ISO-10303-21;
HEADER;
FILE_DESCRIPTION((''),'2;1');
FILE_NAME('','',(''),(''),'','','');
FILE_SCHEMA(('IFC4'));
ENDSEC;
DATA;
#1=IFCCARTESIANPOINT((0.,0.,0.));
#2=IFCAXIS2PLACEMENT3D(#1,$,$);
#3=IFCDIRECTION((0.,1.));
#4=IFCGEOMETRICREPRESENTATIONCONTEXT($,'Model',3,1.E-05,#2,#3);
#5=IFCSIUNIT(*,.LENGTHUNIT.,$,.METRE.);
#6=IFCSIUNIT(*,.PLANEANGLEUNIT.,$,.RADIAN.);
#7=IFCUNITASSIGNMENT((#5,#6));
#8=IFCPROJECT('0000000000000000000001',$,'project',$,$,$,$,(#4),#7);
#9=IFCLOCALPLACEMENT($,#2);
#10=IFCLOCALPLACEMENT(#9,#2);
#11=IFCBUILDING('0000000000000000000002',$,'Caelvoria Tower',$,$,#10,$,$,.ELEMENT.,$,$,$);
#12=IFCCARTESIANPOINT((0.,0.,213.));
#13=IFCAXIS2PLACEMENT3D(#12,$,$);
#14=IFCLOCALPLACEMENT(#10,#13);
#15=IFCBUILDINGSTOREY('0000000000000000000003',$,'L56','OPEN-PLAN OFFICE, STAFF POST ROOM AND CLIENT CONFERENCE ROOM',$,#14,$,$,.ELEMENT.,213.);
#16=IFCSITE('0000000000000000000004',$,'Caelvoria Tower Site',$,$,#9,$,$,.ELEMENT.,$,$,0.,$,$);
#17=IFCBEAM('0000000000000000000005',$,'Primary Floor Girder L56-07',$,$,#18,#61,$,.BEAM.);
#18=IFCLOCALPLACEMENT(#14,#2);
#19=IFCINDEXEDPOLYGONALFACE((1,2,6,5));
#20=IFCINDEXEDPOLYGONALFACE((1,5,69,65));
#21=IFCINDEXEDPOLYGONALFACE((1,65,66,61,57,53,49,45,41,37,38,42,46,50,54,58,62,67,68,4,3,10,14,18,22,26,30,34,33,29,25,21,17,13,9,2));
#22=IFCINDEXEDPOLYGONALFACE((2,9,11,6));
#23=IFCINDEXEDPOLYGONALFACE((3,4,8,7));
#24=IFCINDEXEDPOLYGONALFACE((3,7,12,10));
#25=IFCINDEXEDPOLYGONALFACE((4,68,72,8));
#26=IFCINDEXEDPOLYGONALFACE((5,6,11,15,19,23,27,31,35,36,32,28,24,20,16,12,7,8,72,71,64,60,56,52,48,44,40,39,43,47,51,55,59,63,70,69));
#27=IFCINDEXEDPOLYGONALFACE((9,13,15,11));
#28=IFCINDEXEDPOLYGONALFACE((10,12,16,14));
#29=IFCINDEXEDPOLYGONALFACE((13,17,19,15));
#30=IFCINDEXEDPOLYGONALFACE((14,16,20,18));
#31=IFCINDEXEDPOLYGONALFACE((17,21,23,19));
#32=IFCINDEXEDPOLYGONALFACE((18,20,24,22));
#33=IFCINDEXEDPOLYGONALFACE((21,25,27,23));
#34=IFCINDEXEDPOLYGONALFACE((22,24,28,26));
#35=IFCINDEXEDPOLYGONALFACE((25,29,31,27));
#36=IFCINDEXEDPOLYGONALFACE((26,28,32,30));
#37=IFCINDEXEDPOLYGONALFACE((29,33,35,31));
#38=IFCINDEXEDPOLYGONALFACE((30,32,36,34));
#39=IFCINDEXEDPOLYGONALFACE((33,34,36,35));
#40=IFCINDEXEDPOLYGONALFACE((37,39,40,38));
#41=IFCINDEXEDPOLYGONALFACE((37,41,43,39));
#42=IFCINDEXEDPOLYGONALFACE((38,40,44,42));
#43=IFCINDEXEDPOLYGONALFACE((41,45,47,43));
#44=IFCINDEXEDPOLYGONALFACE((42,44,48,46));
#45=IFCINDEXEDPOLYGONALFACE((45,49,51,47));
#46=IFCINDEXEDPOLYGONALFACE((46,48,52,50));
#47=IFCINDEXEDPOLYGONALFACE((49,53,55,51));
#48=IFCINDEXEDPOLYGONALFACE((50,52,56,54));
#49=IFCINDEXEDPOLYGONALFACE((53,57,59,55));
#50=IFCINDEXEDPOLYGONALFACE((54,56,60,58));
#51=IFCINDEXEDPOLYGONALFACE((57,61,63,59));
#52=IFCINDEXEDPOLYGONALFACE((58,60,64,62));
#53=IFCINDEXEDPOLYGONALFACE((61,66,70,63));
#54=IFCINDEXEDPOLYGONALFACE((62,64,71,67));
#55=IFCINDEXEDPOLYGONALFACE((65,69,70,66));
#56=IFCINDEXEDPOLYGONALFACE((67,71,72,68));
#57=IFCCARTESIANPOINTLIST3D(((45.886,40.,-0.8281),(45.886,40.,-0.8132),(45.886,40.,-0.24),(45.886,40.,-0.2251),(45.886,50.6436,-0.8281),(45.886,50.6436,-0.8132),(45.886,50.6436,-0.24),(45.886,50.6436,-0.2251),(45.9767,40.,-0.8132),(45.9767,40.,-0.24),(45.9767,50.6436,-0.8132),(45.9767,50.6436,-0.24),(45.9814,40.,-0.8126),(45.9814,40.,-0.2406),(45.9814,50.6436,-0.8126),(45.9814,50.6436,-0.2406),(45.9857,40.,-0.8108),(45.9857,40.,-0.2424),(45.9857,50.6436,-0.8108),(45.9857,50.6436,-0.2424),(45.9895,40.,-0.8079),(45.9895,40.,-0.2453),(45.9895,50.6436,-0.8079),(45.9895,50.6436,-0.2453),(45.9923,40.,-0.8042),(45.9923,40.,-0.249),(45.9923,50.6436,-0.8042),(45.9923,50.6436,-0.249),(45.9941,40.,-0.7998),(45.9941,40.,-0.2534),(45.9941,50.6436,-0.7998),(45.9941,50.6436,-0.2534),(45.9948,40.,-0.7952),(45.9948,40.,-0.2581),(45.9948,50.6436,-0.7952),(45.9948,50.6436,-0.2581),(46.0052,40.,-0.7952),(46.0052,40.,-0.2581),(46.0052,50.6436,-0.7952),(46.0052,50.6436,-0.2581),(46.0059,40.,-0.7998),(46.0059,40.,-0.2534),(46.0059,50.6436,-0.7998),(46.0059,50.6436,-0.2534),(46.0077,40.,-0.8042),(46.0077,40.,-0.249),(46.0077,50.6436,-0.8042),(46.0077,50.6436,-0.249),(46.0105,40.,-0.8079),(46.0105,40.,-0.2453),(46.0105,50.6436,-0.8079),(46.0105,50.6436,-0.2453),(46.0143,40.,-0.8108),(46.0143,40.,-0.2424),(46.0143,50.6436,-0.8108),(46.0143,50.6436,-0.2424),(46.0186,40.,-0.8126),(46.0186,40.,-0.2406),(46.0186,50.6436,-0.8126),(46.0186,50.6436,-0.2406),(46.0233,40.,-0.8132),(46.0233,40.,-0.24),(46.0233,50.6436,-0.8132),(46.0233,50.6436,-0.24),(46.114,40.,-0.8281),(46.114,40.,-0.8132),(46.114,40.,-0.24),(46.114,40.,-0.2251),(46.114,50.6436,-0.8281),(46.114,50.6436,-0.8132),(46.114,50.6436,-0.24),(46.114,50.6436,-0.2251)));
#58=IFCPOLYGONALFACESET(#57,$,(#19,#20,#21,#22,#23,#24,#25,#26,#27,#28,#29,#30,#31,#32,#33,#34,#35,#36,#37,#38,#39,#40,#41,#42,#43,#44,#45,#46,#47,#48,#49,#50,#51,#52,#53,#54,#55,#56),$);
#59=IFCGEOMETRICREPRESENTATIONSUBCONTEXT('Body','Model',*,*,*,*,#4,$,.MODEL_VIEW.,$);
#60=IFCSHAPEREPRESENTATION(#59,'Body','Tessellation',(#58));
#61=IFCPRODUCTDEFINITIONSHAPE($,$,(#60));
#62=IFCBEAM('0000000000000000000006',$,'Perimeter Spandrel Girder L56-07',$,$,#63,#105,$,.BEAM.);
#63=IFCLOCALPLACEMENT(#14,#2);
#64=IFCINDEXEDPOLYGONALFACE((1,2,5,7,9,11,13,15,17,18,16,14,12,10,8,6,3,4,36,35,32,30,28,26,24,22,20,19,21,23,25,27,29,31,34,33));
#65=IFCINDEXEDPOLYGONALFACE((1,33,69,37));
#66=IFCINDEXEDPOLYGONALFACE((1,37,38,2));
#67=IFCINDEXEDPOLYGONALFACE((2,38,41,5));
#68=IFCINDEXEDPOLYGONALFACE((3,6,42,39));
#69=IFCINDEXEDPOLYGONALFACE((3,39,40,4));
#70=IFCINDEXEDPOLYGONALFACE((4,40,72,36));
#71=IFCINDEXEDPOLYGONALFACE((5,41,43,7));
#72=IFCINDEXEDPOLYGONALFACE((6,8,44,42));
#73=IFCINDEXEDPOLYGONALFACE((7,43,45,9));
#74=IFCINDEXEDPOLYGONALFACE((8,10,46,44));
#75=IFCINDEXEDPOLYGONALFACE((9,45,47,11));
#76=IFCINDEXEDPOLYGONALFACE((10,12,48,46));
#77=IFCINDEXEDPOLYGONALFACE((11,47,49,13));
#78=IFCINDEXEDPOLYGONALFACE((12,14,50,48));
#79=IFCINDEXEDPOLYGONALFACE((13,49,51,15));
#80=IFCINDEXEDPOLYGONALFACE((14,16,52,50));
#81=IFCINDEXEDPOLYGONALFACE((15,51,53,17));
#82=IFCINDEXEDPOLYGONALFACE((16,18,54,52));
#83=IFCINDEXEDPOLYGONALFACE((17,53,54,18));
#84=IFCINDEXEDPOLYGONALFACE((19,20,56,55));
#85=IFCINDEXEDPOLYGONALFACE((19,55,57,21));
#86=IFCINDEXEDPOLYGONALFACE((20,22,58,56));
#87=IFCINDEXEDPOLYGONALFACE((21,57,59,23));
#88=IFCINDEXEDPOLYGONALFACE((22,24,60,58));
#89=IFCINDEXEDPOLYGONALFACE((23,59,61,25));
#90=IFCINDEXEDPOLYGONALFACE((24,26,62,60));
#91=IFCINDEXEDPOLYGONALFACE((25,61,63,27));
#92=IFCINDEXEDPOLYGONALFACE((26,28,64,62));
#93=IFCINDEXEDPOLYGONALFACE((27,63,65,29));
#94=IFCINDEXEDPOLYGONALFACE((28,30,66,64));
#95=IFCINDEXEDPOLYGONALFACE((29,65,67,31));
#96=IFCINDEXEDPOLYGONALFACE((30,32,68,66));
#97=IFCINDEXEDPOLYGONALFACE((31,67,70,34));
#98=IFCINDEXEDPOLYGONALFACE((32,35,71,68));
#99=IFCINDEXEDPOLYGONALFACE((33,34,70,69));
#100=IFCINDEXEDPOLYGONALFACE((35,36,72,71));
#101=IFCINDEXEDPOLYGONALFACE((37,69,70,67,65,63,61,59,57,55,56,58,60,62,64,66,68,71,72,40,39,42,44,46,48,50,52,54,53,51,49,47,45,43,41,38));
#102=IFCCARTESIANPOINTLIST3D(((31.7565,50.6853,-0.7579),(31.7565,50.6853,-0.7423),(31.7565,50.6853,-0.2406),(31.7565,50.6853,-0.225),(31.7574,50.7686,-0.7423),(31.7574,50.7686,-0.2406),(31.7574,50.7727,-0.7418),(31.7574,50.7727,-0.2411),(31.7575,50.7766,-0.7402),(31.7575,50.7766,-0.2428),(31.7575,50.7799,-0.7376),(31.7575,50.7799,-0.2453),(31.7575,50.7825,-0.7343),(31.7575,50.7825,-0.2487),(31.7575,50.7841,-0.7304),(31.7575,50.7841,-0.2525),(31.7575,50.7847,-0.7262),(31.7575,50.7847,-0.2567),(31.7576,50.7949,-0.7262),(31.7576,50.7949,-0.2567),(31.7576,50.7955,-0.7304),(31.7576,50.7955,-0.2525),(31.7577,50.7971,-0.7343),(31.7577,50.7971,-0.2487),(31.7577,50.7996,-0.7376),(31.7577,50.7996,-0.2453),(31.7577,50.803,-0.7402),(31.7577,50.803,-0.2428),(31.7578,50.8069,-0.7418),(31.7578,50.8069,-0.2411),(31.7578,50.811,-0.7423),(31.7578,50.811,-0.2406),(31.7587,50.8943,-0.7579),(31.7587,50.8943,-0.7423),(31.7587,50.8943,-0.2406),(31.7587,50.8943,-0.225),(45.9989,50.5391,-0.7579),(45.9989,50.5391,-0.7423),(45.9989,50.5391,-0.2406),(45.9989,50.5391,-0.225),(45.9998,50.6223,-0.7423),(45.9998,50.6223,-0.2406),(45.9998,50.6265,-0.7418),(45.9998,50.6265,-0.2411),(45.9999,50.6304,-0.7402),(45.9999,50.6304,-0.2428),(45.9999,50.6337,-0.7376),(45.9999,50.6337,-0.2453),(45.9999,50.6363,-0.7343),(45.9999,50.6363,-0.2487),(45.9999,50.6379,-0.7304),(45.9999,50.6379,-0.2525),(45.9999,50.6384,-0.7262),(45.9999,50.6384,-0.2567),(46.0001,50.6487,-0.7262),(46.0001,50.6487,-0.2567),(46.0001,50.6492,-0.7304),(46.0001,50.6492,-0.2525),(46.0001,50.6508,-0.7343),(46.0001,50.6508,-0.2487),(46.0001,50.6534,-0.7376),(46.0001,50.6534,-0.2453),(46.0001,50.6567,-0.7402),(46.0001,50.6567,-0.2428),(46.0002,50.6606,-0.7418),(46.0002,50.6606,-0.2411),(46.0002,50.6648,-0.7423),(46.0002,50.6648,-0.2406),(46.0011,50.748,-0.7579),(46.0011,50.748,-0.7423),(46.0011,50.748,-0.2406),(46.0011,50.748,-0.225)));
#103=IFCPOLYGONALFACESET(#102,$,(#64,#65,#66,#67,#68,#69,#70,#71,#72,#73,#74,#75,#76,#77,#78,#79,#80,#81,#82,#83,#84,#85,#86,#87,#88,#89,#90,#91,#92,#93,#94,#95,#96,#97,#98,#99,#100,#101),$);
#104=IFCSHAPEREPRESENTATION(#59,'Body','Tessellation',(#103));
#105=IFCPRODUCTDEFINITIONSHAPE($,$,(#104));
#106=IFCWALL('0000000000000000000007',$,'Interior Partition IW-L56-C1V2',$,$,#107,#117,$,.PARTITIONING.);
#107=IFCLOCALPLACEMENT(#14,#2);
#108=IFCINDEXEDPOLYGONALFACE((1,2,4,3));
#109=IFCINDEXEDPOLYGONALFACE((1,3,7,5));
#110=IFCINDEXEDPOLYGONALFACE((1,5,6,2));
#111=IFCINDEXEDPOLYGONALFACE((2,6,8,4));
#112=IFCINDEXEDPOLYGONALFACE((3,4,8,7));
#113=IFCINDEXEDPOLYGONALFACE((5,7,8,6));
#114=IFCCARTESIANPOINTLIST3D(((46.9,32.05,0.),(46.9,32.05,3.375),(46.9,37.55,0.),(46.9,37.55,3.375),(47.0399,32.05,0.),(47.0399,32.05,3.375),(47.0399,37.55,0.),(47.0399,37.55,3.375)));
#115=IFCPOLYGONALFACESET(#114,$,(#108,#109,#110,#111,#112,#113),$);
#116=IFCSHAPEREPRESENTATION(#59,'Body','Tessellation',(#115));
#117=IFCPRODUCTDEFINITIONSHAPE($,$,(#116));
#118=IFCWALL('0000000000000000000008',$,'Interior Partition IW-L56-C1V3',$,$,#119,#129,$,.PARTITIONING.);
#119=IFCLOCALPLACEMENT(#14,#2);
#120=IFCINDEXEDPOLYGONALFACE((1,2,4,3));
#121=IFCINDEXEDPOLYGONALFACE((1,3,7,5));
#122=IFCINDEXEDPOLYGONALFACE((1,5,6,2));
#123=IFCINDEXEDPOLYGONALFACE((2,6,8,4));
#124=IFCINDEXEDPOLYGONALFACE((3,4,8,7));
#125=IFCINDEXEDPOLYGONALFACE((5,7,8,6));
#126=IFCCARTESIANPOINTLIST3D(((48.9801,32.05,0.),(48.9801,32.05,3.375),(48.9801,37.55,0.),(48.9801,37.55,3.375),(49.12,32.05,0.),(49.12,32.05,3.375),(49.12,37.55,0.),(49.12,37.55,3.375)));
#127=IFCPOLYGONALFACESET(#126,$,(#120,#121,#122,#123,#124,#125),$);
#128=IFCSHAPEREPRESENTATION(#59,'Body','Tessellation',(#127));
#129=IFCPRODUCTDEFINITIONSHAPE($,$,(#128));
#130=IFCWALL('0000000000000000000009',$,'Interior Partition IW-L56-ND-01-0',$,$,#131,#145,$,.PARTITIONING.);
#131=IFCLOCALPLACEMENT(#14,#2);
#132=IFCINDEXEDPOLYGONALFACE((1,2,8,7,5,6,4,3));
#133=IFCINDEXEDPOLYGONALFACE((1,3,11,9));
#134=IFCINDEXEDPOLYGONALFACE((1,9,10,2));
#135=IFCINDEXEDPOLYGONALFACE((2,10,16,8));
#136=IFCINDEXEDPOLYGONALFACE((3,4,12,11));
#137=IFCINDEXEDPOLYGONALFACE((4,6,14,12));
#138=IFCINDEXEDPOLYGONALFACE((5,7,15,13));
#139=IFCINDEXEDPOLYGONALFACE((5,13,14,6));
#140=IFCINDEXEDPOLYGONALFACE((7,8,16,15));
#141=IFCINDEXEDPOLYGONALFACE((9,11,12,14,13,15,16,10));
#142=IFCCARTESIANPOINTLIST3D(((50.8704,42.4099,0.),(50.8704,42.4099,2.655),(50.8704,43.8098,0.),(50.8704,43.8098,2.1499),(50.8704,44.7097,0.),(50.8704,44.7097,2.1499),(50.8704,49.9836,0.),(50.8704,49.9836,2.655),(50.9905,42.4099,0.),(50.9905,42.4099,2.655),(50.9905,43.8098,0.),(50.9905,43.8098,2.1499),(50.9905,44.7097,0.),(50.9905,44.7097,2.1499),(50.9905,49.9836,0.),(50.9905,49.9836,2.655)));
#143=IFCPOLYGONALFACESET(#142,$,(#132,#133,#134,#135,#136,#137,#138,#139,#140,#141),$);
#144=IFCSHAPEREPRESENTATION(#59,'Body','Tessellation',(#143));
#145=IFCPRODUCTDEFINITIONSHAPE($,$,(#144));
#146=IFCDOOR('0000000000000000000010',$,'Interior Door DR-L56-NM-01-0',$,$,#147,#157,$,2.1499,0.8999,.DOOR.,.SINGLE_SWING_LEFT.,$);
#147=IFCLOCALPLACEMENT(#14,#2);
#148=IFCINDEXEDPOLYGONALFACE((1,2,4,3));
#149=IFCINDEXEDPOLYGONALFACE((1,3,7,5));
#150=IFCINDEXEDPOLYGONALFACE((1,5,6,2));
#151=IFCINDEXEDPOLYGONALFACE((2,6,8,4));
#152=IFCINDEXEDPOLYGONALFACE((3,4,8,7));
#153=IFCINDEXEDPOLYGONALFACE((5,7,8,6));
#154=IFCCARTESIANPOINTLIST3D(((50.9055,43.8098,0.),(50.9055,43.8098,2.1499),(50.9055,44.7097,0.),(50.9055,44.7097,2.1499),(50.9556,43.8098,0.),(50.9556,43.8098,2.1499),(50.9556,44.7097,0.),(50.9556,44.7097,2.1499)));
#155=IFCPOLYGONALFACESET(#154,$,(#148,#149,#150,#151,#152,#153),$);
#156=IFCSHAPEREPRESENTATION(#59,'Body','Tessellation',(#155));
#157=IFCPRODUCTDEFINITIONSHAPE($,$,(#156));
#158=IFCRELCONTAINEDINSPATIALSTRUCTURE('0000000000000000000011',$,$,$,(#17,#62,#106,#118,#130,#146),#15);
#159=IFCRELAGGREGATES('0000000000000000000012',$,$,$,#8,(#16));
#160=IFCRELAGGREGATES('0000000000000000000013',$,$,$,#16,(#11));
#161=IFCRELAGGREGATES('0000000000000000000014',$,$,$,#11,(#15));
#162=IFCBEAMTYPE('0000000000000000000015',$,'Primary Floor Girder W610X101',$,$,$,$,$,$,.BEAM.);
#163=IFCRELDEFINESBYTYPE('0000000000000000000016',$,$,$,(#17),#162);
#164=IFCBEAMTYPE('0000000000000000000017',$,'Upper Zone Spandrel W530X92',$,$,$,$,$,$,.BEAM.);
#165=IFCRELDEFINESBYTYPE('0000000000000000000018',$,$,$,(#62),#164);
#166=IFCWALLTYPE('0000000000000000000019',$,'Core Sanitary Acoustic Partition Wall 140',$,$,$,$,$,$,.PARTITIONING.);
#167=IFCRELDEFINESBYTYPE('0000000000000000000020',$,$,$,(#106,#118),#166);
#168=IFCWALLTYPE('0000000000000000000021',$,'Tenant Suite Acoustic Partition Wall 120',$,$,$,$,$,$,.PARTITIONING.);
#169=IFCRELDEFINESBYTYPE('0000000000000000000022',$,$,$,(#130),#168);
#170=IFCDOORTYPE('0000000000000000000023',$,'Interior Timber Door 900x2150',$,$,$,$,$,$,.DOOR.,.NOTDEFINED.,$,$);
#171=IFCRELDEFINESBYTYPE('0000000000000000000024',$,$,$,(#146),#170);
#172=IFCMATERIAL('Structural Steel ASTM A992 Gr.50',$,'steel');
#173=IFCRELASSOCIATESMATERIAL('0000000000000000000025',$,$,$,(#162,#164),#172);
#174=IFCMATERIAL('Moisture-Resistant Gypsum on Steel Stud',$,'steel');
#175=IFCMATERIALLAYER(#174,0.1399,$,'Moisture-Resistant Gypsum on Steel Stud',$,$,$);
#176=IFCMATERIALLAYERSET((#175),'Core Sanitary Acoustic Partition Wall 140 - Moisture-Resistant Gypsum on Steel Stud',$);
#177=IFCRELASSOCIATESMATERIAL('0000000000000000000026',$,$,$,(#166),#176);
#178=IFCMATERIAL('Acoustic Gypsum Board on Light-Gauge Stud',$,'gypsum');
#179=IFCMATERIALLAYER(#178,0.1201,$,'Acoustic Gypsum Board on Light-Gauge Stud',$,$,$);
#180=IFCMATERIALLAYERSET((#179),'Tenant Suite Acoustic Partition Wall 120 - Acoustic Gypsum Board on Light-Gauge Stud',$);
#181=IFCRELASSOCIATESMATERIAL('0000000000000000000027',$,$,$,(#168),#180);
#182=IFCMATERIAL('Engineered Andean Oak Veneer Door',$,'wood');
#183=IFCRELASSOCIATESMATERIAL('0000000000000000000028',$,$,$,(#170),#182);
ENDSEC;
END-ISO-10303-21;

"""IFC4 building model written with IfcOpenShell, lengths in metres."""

from ifc_helpers import new_model, si_unit, direction, frame, frame_2d, origin, origin_2d, place, context, subcontext, project, spatial, rectangle, i_section, extrude, material, layer, layer_set, material_profile, profile_set, type_object, element, fill, save


model = new_model("IFC4")

# Units and contexts
model_context = context("Model", 3, precision=1e-05, world=origin(), true_north=direction((0.0, 1.0)))
body_context = subcontext(model_context, "Body", "Model", "MODEL_VIEW")
ifc_project = project(units=[si_unit("LENGTHUNIT", "METRE"), si_unit("PLANEANGLEUNIT", "RADIAN")], contexts=[model_context])

# Site, building, storey
site_placement = place(None, origin())
site = spatial("IfcSite", under=ifc_project, at=site_placement, Name="Caelvoria Tower Site", CompositionType="ELEMENT", RefElevation=0.0)
building_placement = place(site_placement, origin())
building = spatial("IfcBuilding", under=site, at=building_placement, Name="Caelvoria Tower", CompositionType="ELEMENT")
storey_placement = place(building_placement, frame((0.0, 0.0, 213.0)))
storey = spatial("IfcBuildingStorey", under=building, at=storey_placement, Name="L56", Description="OPEN-PLAN OFFICE, STAFF POST ROOM AND CLIENT CONFERENCE ROOM", CompositionType="ELEMENT", Elevation=213.0)

# Beams
ifc_material_1 = material(Name="Structural Steel ASTM A992 Gr.50", Category="steel")
ifc_material_profile_1 = material_profile(ifc_material_1, i_section(OverallWidth=0.228, OverallDepth=0.603, WebThickness=0.0105, FlangeThickness=0.0149, FilletRadius=0.0181, at=origin_2d()), Name="Structural Steel ASTM A992 Gr.50")
ifc_profile_set_1 = profile_set([ifc_material_profile_1], Name="W610X101 - Structural Steel ASTM A992 Gr.50")
beam_type_1 = type_object("IfcBeamType", Name="Primary Floor Girder W610X101", PredefinedType="BEAM", material=ifc_profile_set_1)
beam_1_placement = place(storey_placement, frame((46.0, 40.0, -0.5266), z_axis=(0.0, 1.0, 0.0), x_axis=(-1.0, 0.0, 0.0)))
element("IfcBeam", 1, at=beam_1_placement, inside=storey, type_object=beam_type_1, Name="Primary Floor Girder L56-07", PredefinedType="BEAM", context=body_context, shape_type="SweptSolid", body=[
    extrude(i_section(OverallWidth=0.228, OverallDepth=0.603, WebThickness=0.0105, FlangeThickness=0.0149, FilletRadius=0.0181, at=origin_2d()), origin(), (0.0, 0.0, 1.0), 10.6436),
])
ifc_material_profile_2 = material_profile(ifc_material_1, i_section(OverallWidth=0.209, OverallDepth=0.533, WebThickness=0.0103, FlangeThickness=0.0156, FilletRadius=0.0161, at=origin_2d()), Name="Structural Steel ASTM A992 Gr.50")
ifc_profile_set_2 = profile_set([ifc_material_profile_2], Name="W530X92 - Structural Steel ASTM A992 Gr.50")
beam_type_2 = type_object("IfcBeamType", Name="Upper Zone Spandrel W530X92", PredefinedType="BEAM", material=ifc_profile_set_2)
beam_2_placement = place(storey_placement, frame((46.0, 50.6436, -0.4915), z_axis=(-0.999947, 0.010267, 0.0), x_axis=(-0.010267, -0.999947, 0.0)))
element("IfcBeam", 2, at=beam_2_placement, inside=storey, type_object=beam_type_2, Name="Perimeter Spandrel Girder L56-07", PredefinedType="BEAM", context=body_context, shape_type="SweptSolid", body=[
    extrude(i_section(OverallWidth=0.209, OverallDepth=0.533, WebThickness=0.0103, FlangeThickness=0.0156, FilletRadius=0.0161, at=origin_2d()), origin(), (0.0, 0.0, 1.0), 14.2432),
])

# Walls
ifc_material_2 = material(Name="Moisture-Resistant Gypsum on Steel Stud", Category="steel")
ifc_layer_1 = layer(ifc_material_2, 0.1399, Name="Moisture-Resistant Gypsum on Steel Stud")
ifc_layer_set_1 = layer_set([ifc_layer_1], Name="Core Sanitary Acoustic Partition Wall 140 - Moisture-Resistant Gypsum on Steel Stud")
wall_type_1 = type_object("IfcWallType", Name="Core Sanitary Acoustic Partition Wall 140", PredefinedType="PARTITIONING", material=ifc_layer_set_1)
for number, where, z_axis, x_axis, name in (
    (3, (46.97, 32.05, 0.0), (0.0, 0.0, 1.0), (0.0, 1.0, 0.0), "Interior Partition IW-L56-C1V2"),
    (4, (49.05, 32.05, 0.0), (0.0, 0.0, 1.0), (0.0, 1.0, 0.0), "Interior Partition IW-L56-C1V3"),
):
    element("IfcWall", number, at=place(storey_placement, frame(where, z_axis=z_axis, x_axis=x_axis)), inside=storey, type_object=wall_type_1, Name=name, PredefinedType="PARTITIONING", context=body_context, shape_type="SweptSolid", body=[
        extrude(rectangle(XDim=5.5, YDim=0.1399, at=frame_2d((2.75, 0.0))), origin(), (0.0, 0.0, 1.0), 3.375),
    ])

# Wall, opening, door
ifc_material_3 = material(Name="Acoustic Gypsum Board on Light-Gauge Stud", Category="gypsum")
ifc_layer_2 = layer(ifc_material_3, 0.1201, Name="Acoustic Gypsum Board on Light-Gauge Stud")
ifc_layer_set_2 = layer_set([ifc_layer_2], Name="Tenant Suite Acoustic Partition Wall 120 - Acoustic Gypsum Board on Light-Gauge Stud")
wall_type_2 = type_object("IfcWallType", Name="Tenant Suite Acoustic Partition Wall 120", PredefinedType="PARTITIONING", material=ifc_layer_set_2)
wall_1_placement = place(storey_placement, frame((50.9304, 42.4099, 0.0), z_axis=(0.0, 0.0, 1.0), x_axis=(0.0, 1.0, 0.0)))
wall_1 = element("IfcWall", 5, at=wall_1_placement, inside=storey, type_object=wall_type_2, Name="Interior Partition IW-L56-ND-01-0", PredefinedType="PARTITIONING", context=body_context, shape_type="SweptSolid", body=[
    extrude(rectangle(XDim=7.5737, YDim=0.1201, at=frame_2d((3.7869, 0.0))), origin(), (0.0, 0.0, 1.0), 2.655),
])
opening_1_placement = place(wall_1_placement, frame((1.3999, 0.0, 0.0)))
opening_1 = element("IfcOpeningElement", 6, at=opening_1_placement, cuts=wall_1, PredefinedType="OPENING", context=body_context, shape_type="SweptSolid", body=[
    extrude(rectangle(XDim=0.8999, YDim=2.1499, at=frame_2d((0.45, 1.075))), frame((0.0, 0.0701, 0.0), z_axis=(0.0, -1.0, 0.0), x_axis=(1.0, 0.0, 0.0)), (0.0, 0.0, 1.0), 0.1401),
])
ifc_material_4 = material(Name="Engineered Andean Oak Veneer Door", Category="wood")
door_type_1 = type_object("IfcDoorType", Name="Interior Timber Door 900x2150", OperationType="NOTDEFINED", PredefinedType="DOOR", material=ifc_material_4)
door_1_placement = place(opening_1_placement, origin())
door_1 = element("IfcDoor", 7, at=door_1_placement, inside=storey, type_object=door_type_1, Name="Interior Door DR-L56-NM-01-0", OperationType="SINGLE_SWING_LEFT", OverallHeight=2.1499, OverallWidth=0.8999, PredefinedType="DOOR", context=body_context, shape_type="SweptSolid", body=[
    extrude(rectangle(XDim=0.8999, YDim=2.1499, at=frame_2d((0.45, 1.075))), frame((0.0, 0.0249, 0.0), z_axis=(0.0, -1.0, 0.0), x_axis=(1.0, 0.0, 0.0)), (0.0, 0.0, 1.0), 0.05),
])
fill(opening_1, door_1)

save(model, "model.ifc")
